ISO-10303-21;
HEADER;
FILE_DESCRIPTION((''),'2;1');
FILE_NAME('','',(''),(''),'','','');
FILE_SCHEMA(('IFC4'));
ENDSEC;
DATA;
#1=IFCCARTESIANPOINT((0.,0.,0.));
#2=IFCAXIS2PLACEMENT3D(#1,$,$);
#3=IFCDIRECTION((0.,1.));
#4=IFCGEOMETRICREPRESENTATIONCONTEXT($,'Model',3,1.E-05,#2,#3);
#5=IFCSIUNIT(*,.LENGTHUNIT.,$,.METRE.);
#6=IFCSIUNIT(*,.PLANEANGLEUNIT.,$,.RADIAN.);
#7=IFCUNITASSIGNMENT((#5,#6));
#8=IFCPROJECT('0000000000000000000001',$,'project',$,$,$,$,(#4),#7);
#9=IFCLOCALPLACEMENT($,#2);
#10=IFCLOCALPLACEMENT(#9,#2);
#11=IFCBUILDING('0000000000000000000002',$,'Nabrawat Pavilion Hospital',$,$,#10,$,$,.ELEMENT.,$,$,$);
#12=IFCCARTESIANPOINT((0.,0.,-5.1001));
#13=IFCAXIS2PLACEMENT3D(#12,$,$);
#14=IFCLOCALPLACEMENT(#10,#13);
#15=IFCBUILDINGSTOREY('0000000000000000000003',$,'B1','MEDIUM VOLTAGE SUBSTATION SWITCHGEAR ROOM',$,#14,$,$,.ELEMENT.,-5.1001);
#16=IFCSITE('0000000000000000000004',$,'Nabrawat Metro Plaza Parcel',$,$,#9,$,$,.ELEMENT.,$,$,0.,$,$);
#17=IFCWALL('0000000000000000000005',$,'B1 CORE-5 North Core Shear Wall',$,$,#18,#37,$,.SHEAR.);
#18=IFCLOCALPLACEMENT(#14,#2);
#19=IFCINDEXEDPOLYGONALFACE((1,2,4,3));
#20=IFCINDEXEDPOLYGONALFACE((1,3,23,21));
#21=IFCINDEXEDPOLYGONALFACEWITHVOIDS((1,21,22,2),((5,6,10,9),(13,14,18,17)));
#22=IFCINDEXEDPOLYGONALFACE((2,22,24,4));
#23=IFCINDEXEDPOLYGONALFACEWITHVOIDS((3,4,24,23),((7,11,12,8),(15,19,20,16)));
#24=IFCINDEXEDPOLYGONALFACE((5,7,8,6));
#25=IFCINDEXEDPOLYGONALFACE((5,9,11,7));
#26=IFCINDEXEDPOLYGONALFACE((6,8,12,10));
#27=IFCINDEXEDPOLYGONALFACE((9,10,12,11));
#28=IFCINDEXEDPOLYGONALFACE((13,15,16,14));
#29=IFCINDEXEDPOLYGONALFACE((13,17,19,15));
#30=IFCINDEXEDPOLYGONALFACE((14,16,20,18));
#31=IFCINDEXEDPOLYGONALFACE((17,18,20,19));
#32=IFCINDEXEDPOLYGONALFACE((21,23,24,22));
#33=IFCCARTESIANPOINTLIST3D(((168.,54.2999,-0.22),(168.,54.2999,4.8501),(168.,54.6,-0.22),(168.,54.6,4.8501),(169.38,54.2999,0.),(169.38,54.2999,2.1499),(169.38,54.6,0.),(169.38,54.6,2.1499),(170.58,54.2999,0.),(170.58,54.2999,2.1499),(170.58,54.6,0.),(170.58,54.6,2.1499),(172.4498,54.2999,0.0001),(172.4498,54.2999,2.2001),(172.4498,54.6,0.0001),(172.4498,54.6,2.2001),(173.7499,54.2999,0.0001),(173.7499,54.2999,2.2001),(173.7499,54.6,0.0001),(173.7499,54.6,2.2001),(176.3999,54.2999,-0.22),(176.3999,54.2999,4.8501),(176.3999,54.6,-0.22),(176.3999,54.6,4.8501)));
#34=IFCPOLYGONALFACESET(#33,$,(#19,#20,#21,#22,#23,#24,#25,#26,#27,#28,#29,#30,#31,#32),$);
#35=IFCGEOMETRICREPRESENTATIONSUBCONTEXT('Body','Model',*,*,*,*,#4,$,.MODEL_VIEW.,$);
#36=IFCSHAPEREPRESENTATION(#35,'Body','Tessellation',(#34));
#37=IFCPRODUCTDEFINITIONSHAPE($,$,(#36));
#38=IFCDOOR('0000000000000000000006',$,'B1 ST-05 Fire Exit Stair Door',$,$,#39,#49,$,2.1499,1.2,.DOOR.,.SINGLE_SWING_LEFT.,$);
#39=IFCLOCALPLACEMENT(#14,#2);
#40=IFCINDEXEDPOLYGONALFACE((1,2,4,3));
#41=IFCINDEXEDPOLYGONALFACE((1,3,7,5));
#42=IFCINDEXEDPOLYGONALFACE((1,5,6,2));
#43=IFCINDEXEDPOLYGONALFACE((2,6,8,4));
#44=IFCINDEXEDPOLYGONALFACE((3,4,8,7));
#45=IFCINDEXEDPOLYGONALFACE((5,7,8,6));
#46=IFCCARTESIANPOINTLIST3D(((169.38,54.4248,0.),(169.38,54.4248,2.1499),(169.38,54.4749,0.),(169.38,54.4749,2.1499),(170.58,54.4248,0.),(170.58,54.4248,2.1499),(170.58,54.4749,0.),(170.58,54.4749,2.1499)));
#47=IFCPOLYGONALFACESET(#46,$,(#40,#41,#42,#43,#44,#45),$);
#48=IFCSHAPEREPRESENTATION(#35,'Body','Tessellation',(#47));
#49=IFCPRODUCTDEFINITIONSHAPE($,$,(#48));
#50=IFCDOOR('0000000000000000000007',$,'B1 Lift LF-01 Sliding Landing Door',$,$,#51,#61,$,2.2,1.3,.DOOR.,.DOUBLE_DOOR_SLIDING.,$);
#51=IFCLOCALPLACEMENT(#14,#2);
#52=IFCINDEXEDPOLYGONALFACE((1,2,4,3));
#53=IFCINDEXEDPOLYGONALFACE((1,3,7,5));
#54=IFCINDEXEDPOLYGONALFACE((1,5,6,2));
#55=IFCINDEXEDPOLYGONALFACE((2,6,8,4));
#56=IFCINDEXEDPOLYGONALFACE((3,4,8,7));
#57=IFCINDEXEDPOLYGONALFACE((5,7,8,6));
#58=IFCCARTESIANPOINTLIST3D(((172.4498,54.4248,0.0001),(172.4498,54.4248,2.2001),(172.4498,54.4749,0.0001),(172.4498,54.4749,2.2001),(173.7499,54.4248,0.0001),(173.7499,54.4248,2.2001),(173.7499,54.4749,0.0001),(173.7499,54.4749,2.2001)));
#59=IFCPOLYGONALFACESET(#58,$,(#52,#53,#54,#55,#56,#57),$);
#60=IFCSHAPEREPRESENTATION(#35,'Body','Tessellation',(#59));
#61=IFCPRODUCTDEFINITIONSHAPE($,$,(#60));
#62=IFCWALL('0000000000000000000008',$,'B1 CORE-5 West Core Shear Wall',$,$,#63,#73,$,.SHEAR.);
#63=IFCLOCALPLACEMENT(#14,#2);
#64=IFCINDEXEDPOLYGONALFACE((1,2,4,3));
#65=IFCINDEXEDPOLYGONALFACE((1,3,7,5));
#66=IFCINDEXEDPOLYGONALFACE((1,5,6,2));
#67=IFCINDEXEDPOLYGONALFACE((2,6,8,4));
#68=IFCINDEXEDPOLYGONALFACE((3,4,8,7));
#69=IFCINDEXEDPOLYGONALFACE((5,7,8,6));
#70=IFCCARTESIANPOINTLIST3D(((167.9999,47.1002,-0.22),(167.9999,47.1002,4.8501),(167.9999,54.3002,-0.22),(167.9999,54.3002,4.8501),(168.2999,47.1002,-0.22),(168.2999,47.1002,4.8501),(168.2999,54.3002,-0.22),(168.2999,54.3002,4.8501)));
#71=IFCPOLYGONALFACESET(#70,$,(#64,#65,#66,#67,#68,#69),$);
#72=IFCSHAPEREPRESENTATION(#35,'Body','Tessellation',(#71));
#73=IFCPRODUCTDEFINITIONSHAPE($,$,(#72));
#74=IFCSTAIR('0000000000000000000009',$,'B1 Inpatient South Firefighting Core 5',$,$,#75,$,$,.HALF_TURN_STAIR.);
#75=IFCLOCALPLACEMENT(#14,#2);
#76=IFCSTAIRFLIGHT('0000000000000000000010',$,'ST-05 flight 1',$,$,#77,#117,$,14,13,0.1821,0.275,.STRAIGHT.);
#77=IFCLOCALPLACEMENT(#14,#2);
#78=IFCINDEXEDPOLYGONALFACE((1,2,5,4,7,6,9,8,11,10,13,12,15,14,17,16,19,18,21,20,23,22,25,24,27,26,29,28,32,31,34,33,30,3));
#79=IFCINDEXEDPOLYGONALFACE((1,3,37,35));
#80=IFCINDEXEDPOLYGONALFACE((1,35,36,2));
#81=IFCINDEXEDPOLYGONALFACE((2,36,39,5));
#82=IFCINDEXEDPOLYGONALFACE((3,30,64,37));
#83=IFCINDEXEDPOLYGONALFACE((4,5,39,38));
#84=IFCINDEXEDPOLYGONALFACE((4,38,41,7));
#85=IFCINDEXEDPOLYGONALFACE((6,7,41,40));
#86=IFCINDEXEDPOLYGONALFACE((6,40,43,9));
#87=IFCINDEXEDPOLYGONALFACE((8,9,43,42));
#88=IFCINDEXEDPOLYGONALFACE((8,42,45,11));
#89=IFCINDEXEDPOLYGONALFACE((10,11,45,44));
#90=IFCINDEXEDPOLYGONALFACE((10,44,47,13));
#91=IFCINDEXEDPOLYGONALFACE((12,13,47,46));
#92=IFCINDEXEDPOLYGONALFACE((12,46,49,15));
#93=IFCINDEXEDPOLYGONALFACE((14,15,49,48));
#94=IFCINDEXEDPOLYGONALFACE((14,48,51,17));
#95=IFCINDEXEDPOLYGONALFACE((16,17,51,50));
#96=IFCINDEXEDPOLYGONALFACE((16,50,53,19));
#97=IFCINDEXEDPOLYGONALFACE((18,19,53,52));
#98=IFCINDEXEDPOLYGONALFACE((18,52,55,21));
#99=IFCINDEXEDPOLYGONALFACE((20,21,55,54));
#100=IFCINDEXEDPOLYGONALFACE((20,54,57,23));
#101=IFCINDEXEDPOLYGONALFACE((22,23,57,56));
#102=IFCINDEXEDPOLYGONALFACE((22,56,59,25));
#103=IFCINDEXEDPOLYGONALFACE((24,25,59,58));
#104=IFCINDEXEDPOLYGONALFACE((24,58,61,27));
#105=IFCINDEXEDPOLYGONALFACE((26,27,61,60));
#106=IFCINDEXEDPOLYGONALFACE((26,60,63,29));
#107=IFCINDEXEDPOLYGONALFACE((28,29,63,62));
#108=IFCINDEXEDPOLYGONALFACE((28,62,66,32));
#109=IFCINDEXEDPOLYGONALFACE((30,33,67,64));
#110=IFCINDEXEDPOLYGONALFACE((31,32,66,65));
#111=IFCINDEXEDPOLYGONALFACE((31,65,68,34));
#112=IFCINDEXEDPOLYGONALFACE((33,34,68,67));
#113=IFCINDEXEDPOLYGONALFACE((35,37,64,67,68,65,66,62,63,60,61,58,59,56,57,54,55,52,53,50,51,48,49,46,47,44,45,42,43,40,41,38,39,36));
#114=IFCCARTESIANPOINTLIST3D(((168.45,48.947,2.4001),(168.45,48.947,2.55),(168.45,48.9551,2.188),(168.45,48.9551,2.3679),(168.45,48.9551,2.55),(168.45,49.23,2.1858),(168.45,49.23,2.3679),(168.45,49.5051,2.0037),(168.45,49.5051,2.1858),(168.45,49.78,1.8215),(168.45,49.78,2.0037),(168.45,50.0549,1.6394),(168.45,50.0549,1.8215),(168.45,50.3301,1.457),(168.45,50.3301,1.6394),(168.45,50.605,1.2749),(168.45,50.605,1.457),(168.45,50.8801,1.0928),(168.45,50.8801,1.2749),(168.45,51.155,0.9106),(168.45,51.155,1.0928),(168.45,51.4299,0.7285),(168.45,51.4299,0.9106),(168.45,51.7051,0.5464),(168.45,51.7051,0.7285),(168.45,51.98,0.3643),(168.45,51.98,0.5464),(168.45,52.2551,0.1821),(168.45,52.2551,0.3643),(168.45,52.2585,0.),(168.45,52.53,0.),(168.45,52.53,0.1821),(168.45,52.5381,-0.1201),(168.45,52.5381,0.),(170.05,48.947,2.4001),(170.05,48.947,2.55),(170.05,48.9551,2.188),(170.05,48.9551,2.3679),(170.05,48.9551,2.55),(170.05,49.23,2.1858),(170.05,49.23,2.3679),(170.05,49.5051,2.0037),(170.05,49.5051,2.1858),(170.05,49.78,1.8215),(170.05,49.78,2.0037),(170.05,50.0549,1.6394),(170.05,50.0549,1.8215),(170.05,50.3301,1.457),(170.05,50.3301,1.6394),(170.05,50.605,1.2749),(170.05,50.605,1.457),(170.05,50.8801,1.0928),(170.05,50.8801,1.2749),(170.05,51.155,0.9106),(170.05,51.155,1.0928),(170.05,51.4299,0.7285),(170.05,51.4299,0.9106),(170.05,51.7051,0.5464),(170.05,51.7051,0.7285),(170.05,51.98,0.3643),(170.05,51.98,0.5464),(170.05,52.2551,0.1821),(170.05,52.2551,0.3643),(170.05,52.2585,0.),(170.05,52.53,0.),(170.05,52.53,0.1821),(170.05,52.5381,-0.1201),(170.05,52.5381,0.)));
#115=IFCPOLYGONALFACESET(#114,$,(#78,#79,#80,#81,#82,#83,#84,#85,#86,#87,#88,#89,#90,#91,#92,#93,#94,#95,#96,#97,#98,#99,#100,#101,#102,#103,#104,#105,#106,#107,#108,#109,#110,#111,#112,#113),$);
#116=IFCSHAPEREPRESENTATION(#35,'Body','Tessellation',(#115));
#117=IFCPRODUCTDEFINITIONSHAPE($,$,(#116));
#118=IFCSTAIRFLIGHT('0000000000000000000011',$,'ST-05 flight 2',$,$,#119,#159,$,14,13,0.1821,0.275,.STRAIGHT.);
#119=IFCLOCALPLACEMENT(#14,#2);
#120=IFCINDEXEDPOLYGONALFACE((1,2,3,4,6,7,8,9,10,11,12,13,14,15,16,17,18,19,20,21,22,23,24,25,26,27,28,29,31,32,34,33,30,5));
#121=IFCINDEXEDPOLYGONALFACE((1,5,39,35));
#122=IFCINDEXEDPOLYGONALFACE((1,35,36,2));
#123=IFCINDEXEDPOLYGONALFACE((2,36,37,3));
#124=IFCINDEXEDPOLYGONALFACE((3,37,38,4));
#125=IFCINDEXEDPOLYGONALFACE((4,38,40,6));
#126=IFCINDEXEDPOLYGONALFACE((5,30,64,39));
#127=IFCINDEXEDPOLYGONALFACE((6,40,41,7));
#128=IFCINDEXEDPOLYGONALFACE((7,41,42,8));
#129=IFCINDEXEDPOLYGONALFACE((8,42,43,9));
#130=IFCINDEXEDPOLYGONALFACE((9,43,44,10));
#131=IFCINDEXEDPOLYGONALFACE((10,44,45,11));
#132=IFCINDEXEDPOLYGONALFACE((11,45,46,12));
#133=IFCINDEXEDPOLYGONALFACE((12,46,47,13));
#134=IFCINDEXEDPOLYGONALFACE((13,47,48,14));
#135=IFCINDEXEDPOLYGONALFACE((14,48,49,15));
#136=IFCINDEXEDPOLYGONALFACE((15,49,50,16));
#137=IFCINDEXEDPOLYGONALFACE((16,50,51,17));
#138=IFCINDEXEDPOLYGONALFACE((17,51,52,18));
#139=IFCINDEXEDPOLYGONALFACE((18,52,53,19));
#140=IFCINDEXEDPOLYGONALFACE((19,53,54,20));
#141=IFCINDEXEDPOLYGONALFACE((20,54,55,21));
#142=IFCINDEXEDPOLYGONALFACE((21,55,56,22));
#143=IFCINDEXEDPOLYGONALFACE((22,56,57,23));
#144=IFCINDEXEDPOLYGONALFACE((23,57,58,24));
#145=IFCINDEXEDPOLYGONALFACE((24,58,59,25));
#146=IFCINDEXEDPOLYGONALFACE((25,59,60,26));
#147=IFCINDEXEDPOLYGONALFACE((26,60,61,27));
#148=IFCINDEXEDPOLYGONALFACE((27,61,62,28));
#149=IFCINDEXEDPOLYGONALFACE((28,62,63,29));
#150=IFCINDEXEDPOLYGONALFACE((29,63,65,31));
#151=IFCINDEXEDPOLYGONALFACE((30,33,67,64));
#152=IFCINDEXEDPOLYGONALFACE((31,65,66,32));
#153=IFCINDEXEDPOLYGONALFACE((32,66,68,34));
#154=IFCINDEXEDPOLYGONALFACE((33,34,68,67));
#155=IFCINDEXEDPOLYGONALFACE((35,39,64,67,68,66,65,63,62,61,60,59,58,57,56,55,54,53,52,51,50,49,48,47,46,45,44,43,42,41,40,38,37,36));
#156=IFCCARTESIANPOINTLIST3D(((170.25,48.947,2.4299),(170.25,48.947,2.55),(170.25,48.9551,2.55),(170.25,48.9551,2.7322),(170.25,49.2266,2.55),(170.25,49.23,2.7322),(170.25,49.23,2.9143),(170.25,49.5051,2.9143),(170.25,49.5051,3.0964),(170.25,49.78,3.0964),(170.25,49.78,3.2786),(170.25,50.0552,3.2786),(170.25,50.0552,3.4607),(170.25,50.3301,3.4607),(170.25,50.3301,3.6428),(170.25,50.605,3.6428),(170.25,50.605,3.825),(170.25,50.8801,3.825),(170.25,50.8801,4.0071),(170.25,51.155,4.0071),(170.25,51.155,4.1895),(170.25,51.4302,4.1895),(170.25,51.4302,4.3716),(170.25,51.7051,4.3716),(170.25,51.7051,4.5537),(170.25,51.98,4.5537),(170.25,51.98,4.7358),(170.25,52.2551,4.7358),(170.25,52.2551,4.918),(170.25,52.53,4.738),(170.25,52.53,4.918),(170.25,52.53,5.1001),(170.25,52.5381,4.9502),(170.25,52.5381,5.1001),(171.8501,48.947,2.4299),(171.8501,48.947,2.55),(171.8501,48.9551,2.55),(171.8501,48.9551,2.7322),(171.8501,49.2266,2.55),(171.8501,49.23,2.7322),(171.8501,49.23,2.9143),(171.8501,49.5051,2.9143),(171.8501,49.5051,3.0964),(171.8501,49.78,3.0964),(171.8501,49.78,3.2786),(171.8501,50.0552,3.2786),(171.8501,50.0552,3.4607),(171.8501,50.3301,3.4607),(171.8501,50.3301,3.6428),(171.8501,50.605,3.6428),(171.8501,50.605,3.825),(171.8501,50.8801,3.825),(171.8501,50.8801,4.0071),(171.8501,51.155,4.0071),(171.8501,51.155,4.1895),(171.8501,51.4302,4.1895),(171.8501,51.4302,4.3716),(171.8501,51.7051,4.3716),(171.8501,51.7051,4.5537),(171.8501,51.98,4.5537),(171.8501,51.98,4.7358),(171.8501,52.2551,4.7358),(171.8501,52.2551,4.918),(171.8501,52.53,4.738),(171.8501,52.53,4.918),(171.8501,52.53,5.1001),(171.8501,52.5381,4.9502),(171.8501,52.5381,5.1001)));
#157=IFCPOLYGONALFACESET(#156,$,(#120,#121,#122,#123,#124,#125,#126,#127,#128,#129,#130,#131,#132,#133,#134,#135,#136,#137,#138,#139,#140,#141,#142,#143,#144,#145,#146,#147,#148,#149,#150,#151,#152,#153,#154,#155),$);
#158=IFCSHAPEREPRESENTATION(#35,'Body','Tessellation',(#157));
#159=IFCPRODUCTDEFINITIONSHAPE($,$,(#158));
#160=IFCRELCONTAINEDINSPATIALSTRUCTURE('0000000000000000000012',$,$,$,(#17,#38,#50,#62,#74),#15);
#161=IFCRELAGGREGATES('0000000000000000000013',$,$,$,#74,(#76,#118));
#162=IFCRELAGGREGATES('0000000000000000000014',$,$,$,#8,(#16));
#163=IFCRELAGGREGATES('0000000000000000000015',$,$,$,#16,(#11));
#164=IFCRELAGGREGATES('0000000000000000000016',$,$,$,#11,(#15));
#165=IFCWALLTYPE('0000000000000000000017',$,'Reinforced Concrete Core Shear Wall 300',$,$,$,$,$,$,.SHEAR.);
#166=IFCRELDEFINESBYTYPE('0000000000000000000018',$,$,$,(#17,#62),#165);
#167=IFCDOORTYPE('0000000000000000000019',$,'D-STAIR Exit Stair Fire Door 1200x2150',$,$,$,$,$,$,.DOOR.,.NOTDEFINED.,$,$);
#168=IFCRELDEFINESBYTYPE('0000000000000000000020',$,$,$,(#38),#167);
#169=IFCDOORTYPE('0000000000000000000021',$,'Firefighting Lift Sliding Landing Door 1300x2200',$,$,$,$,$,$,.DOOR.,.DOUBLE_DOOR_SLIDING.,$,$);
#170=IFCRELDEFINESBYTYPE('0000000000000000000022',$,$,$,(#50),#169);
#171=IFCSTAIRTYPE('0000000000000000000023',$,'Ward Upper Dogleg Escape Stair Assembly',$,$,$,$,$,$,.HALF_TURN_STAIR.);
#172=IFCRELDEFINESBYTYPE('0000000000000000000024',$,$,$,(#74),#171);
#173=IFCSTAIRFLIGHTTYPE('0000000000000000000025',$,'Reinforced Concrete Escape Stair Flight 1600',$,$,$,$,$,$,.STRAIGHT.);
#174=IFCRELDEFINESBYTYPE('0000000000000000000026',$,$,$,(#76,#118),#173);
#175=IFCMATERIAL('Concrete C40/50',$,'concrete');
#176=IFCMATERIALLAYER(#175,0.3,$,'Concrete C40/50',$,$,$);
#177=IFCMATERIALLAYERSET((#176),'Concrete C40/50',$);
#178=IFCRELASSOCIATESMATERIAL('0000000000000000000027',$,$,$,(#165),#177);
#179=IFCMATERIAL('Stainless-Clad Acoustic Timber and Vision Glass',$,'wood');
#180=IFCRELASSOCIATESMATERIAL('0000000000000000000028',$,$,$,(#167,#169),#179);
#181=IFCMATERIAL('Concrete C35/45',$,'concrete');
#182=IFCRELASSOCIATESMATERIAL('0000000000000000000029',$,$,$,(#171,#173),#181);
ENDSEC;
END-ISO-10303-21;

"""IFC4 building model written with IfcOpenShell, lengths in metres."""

from ifc_helpers import new_model, si_unit, direction, frame, frame_2d, origin, place, context, subcontext, project, spatial, polyline, rectangle, outline, extrude, material, layer, layer_set, type_object, element, fill, aggregate, save


model = new_model("IFC4")

# Units and contexts
model_context = context("Model", 3, precision=1e-05, world=origin(), true_north=direction((0.0, 1.0)))
body_context = subcontext(model_context, "Body", "Model", "MODEL_VIEW")
ifc_project = project(units=[si_unit("LENGTHUNIT", "METRE"), si_unit("PLANEANGLEUNIT", "RADIAN")], contexts=[model_context])

# Site, building, storey
site_placement = place(None, origin())
site = spatial("IfcSite", under=ifc_project, at=site_placement, Name="Nabrawat Metro Plaza Parcel", CompositionType="ELEMENT", RefElevation=0.0)
building_placement = place(site_placement, origin())
building = spatial("IfcBuilding", under=site, at=building_placement, Name="Nabrawat Pavilion Hospital", CompositionType="ELEMENT")
storey_placement = place(building_placement, frame((0.0, 0.0, -5.1001)))
storey = spatial("IfcBuildingStorey", under=building, at=storey_placement, Name="B1", Description="MEDIUM VOLTAGE SUBSTATION SWITCHGEAR ROOM", CompositionType="ELEMENT", Elevation=-5.1001)

# Shared definitions
ifc_material_1 = material(Name="Concrete C35/45", Category="concrete")

# Shared definitions
ifc_material_2 = material(Name="Concrete C40/50", Category="concrete")

# Shared definitions
ifc_material_3 = material(Name="Stainless-Clad Acoustic Timber and Vision Glass", Category="wood")

# Shared definitions
ifc_layer_1 = layer(ifc_material_2, 0.3, Name="Concrete C40/50")
ifc_layer_set_1 = layer_set([ifc_layer_1], Name="Concrete C40/50")
wall_type_1 = type_object("IfcWallType", Name="Reinforced Concrete Core Shear Wall 300", PredefinedType="SHEAR", material=ifc_layer_set_1)

# Wall, openings, doors
wall_1_placement = place(storey_placement, frame((168.0, 54.45, -0.22), z_axis=(0.0, 0.0, 1.0), x_axis=(1.0, 0.0, 0.0)))
wall_1 = element("IfcWall", 1, at=wall_1_placement, inside=storey, type_object=wall_type_1, Name="B1 CORE-5 North Core Shear Wall", PredefinedType="SHEAR", context=body_context, shape_type="SweptSolid", body=[
    extrude(rectangle(XDim=8.3999, YDim=0.3, at=frame_2d((4.2, 0.0))), origin(), (0.0, 0.0, 1.0), 5.0701),
])
opening_1_placement = place(wall_1_placement, frame((1.3799, 0.0, 0.22)))
opening_1 = element("IfcOpeningElement", 2, at=opening_1_placement, cuts=wall_1, PredefinedType="OPENING", context=body_context, shape_type="SweptSolid", body=[
    extrude(rectangle(XDim=1.2, YDim=2.1499, at=frame_2d((0.6001, 1.075))), frame((0.0, 0.1602, 0.0), z_axis=(0.0, -1.0, 0.0), x_axis=(1.0, 0.0, 0.0)), (0.0, 0.0, 1.0), 0.3201),
])
opening_2_placement = place(wall_1_placement, frame((4.45, 0.0, 0.22)))
opening_2 = element("IfcOpeningElement", 3, at=opening_2_placement, cuts=wall_1, PredefinedType="OPENING", context=body_context, shape_type="SweptSolid", body=[
    extrude(rectangle(XDim=1.3, YDim=2.2, at=frame_2d((0.6499, 1.1001))), frame((0.0, 0.1602, 0.0), z_axis=(0.0, -1.0, 0.0), x_axis=(1.0, 0.0, 0.0)), (0.0, 0.0, 1.0), 0.3201),
])
door_type_1 = type_object("IfcDoorType", Name="D-STAIR Exit Stair Fire Door 1200x2150", OperationType="NOTDEFINED", PredefinedType="DOOR", material=ifc_material_3)
door_1_placement = place(opening_1_placement, origin())
door_1 = element("IfcDoor", 4, at=door_1_placement, inside=storey, type_object=door_type_1, Name="B1 ST-05 Fire Exit Stair Door", OperationType="SINGLE_SWING_LEFT", OverallHeight=2.1499, OverallWidth=1.2, PredefinedType="DOOR", context=body_context, shape_type="SweptSolid", body=[
    extrude(rectangle(XDim=1.2, YDim=2.1499, at=frame_2d((0.6001, 1.075))), frame((0.0, 0.0249, 0.0), z_axis=(0.0, -1.0, 0.0), x_axis=(1.0, 0.0, 0.0)), (0.0, 0.0, 1.0), 0.05),
])
fill(opening_1, door_1)
door_type_2 = type_object("IfcDoorType", Name="Firefighting Lift Sliding Landing Door 1300x2200", OperationType="DOUBLE_DOOR_SLIDING", PredefinedType="DOOR", material=ifc_material_3)
door_2_placement = place(opening_2_placement, origin())
door_2 = element("IfcDoor", 5, at=door_2_placement, inside=storey, type_object=door_type_2, Name="B1 Lift LF-01 Sliding Landing Door", OperationType="DOUBLE_DOOR_SLIDING", OverallHeight=2.2, OverallWidth=1.3, PredefinedType="DOOR", context=body_context, shape_type="SweptSolid", body=[
    extrude(rectangle(XDim=1.3, YDim=2.2, at=frame_2d((0.6499, 1.1001))), frame((0.0, 0.0249, 0.0), z_axis=(0.0, -1.0, 0.0), x_axis=(1.0, 0.0, 0.0)), (0.0, 0.0, 1.0), 0.05),
])
fill(opening_2, door_2)

# Wall
wall_2_placement = place(storey_placement, frame((168.1499, 47.1001, -0.22), z_axis=(0.0, 0.0, 1.0), x_axis=(0.0, 1.0, 0.0)))
element("IfcWall", 6, at=wall_2_placement, inside=storey, type_object=wall_type_1, Name="B1 CORE-5 West Core Shear Wall", PredefinedType="SHEAR", context=body_context, shape_type="SweptSolid", body=[
    extrude(rectangle(XDim=7.2, YDim=0.3, at=frame_2d((3.6001, 0.0))), origin(), (0.0, 0.0, 1.0), 5.0701),
])

# Stair, stair flights
stair_type = type_object("IfcStairType", Name="Ward Upper Dogleg Escape Stair Assembly", PredefinedType="HALF_TURN_STAIR", material=ifc_material_1)
stair_placement = place(storey_placement, origin())
stair = element("IfcStair", 7, at=stair_placement, inside=storey, type_object=stair_type, Name="B1 Inpatient South Firefighting Core 5", PredefinedType="HALF_TURN_STAIR")
stair_flight_type = type_object("IfcStairFlightType", Name="Reinforced Concrete Escape Stair Flight 1600", PredefinedType="STRAIGHT", material=ifc_material_1)
stair_flight_1_placement = place(storey_placement, frame((169.25, 52.53, 0.0), z_axis=(0.0, 0.0, 1.0), x_axis=(0.0, -1.0, 0.0)))
stair_flight_1 = element("IfcStairFlight", 8, at=stair_flight_1_placement, type_object=stair_flight_type, Name="ST-05 flight 1", NumberOfRisers=14, NumberOfTreads=13, PredefinedType="STRAIGHT", RiserHeight=0.1821, TreadLength=0.275, context=body_context, shape_type="SweptSolid", body=[
    extrude(outline(polyline([(-0.0081, 0.0), (0.0, 0.0), (0.0, 0.1821), (0.2749, 0.1821), (0.2749, 0.3643), (0.55, 0.3643), (0.55, 0.5464), (0.825, 0.5464), (0.825, 0.7285), (1.1001, 0.7285), (1.1001, 0.9106), (1.375, 0.9106), (1.375, 1.0928), (1.6499, 1.0928), (1.6499, 1.2749), (1.925, 1.2749), (1.925, 1.457), (2.2, 1.457), (2.2, 1.6394), (2.4751, 1.6394), (2.4751, 1.8215), (2.75, 1.8215), (2.75, 2.0037), (3.0249, 2.0037), (3.0249, 2.1858), (3.3, 2.1858), (3.3, 2.3679), (3.575, 2.3679), (3.575, 2.55), (3.583, 2.55), (3.583, 2.4001), (3.575, 2.188), (0.2715, 0.0), (-0.0081, -0.1201), (-0.0081, 0.0)])), frame((0.0, 0.8, 0.0), z_axis=(0.0, -1.0, 0.0), x_axis=(1.0, 0.0, 0.0)), (0.0, 0.0, 1.0), 1.6001),
])
stair_flight_2_placement = place(storey_placement, frame((171.05, 48.9551, 2.55), z_axis=(0.0, 0.0, 1.0), x_axis=(0.0, 1.0, 0.0)))
stair_flight_2 = element("IfcStairFlight", 9, at=stair_flight_2_placement, type_object=stair_flight_type, Name="ST-05 flight 2", NumberOfRisers=14, NumberOfTreads=13, PredefinedType="STRAIGHT", RiserHeight=0.1821, TreadLength=0.275, context=body_context, shape_type="SweptSolid", body=[
    extrude(outline(polyline([(-0.0081, 0.0), (0.0, 0.0), (0.0, 0.1821), (0.2749, 0.1821), (0.2749, 0.3643), (0.55, 0.3643), (0.55, 0.5464), (0.825, 0.5464), (0.825, 0.7285), (1.1001, 0.7285), (1.1001, 0.9106), (1.375, 0.9106), (1.375, 1.0928), (1.6499, 1.0928), (1.6499, 1.2749), (1.925, 1.2749), (1.925, 1.457), (2.2, 1.457), (2.2, 1.6394), (2.4751, 1.6394), (2.4751, 1.8215), (2.75, 1.8215), (2.75, 2.0037), (3.0249, 2.0037), (3.0249, 2.1858), (3.3, 2.1858), (3.3, 2.3679), (3.575, 2.3679), (3.575, 2.55), (3.583, 2.55), (3.583, 2.4001), (3.575, 2.188), (0.2715, 0.0), (-0.0081, -0.1201), (-0.0081, 0.0)])), frame((0.0, 0.8, 0.0), z_axis=(0.0, -1.0, 0.0), x_axis=(1.0, 0.0, 0.0)), (0.0, 0.0, 1.0), 1.6001),
])
aggregate(stair, [stair_flight_1, stair_flight_2])

save(model, "model.ifc")
